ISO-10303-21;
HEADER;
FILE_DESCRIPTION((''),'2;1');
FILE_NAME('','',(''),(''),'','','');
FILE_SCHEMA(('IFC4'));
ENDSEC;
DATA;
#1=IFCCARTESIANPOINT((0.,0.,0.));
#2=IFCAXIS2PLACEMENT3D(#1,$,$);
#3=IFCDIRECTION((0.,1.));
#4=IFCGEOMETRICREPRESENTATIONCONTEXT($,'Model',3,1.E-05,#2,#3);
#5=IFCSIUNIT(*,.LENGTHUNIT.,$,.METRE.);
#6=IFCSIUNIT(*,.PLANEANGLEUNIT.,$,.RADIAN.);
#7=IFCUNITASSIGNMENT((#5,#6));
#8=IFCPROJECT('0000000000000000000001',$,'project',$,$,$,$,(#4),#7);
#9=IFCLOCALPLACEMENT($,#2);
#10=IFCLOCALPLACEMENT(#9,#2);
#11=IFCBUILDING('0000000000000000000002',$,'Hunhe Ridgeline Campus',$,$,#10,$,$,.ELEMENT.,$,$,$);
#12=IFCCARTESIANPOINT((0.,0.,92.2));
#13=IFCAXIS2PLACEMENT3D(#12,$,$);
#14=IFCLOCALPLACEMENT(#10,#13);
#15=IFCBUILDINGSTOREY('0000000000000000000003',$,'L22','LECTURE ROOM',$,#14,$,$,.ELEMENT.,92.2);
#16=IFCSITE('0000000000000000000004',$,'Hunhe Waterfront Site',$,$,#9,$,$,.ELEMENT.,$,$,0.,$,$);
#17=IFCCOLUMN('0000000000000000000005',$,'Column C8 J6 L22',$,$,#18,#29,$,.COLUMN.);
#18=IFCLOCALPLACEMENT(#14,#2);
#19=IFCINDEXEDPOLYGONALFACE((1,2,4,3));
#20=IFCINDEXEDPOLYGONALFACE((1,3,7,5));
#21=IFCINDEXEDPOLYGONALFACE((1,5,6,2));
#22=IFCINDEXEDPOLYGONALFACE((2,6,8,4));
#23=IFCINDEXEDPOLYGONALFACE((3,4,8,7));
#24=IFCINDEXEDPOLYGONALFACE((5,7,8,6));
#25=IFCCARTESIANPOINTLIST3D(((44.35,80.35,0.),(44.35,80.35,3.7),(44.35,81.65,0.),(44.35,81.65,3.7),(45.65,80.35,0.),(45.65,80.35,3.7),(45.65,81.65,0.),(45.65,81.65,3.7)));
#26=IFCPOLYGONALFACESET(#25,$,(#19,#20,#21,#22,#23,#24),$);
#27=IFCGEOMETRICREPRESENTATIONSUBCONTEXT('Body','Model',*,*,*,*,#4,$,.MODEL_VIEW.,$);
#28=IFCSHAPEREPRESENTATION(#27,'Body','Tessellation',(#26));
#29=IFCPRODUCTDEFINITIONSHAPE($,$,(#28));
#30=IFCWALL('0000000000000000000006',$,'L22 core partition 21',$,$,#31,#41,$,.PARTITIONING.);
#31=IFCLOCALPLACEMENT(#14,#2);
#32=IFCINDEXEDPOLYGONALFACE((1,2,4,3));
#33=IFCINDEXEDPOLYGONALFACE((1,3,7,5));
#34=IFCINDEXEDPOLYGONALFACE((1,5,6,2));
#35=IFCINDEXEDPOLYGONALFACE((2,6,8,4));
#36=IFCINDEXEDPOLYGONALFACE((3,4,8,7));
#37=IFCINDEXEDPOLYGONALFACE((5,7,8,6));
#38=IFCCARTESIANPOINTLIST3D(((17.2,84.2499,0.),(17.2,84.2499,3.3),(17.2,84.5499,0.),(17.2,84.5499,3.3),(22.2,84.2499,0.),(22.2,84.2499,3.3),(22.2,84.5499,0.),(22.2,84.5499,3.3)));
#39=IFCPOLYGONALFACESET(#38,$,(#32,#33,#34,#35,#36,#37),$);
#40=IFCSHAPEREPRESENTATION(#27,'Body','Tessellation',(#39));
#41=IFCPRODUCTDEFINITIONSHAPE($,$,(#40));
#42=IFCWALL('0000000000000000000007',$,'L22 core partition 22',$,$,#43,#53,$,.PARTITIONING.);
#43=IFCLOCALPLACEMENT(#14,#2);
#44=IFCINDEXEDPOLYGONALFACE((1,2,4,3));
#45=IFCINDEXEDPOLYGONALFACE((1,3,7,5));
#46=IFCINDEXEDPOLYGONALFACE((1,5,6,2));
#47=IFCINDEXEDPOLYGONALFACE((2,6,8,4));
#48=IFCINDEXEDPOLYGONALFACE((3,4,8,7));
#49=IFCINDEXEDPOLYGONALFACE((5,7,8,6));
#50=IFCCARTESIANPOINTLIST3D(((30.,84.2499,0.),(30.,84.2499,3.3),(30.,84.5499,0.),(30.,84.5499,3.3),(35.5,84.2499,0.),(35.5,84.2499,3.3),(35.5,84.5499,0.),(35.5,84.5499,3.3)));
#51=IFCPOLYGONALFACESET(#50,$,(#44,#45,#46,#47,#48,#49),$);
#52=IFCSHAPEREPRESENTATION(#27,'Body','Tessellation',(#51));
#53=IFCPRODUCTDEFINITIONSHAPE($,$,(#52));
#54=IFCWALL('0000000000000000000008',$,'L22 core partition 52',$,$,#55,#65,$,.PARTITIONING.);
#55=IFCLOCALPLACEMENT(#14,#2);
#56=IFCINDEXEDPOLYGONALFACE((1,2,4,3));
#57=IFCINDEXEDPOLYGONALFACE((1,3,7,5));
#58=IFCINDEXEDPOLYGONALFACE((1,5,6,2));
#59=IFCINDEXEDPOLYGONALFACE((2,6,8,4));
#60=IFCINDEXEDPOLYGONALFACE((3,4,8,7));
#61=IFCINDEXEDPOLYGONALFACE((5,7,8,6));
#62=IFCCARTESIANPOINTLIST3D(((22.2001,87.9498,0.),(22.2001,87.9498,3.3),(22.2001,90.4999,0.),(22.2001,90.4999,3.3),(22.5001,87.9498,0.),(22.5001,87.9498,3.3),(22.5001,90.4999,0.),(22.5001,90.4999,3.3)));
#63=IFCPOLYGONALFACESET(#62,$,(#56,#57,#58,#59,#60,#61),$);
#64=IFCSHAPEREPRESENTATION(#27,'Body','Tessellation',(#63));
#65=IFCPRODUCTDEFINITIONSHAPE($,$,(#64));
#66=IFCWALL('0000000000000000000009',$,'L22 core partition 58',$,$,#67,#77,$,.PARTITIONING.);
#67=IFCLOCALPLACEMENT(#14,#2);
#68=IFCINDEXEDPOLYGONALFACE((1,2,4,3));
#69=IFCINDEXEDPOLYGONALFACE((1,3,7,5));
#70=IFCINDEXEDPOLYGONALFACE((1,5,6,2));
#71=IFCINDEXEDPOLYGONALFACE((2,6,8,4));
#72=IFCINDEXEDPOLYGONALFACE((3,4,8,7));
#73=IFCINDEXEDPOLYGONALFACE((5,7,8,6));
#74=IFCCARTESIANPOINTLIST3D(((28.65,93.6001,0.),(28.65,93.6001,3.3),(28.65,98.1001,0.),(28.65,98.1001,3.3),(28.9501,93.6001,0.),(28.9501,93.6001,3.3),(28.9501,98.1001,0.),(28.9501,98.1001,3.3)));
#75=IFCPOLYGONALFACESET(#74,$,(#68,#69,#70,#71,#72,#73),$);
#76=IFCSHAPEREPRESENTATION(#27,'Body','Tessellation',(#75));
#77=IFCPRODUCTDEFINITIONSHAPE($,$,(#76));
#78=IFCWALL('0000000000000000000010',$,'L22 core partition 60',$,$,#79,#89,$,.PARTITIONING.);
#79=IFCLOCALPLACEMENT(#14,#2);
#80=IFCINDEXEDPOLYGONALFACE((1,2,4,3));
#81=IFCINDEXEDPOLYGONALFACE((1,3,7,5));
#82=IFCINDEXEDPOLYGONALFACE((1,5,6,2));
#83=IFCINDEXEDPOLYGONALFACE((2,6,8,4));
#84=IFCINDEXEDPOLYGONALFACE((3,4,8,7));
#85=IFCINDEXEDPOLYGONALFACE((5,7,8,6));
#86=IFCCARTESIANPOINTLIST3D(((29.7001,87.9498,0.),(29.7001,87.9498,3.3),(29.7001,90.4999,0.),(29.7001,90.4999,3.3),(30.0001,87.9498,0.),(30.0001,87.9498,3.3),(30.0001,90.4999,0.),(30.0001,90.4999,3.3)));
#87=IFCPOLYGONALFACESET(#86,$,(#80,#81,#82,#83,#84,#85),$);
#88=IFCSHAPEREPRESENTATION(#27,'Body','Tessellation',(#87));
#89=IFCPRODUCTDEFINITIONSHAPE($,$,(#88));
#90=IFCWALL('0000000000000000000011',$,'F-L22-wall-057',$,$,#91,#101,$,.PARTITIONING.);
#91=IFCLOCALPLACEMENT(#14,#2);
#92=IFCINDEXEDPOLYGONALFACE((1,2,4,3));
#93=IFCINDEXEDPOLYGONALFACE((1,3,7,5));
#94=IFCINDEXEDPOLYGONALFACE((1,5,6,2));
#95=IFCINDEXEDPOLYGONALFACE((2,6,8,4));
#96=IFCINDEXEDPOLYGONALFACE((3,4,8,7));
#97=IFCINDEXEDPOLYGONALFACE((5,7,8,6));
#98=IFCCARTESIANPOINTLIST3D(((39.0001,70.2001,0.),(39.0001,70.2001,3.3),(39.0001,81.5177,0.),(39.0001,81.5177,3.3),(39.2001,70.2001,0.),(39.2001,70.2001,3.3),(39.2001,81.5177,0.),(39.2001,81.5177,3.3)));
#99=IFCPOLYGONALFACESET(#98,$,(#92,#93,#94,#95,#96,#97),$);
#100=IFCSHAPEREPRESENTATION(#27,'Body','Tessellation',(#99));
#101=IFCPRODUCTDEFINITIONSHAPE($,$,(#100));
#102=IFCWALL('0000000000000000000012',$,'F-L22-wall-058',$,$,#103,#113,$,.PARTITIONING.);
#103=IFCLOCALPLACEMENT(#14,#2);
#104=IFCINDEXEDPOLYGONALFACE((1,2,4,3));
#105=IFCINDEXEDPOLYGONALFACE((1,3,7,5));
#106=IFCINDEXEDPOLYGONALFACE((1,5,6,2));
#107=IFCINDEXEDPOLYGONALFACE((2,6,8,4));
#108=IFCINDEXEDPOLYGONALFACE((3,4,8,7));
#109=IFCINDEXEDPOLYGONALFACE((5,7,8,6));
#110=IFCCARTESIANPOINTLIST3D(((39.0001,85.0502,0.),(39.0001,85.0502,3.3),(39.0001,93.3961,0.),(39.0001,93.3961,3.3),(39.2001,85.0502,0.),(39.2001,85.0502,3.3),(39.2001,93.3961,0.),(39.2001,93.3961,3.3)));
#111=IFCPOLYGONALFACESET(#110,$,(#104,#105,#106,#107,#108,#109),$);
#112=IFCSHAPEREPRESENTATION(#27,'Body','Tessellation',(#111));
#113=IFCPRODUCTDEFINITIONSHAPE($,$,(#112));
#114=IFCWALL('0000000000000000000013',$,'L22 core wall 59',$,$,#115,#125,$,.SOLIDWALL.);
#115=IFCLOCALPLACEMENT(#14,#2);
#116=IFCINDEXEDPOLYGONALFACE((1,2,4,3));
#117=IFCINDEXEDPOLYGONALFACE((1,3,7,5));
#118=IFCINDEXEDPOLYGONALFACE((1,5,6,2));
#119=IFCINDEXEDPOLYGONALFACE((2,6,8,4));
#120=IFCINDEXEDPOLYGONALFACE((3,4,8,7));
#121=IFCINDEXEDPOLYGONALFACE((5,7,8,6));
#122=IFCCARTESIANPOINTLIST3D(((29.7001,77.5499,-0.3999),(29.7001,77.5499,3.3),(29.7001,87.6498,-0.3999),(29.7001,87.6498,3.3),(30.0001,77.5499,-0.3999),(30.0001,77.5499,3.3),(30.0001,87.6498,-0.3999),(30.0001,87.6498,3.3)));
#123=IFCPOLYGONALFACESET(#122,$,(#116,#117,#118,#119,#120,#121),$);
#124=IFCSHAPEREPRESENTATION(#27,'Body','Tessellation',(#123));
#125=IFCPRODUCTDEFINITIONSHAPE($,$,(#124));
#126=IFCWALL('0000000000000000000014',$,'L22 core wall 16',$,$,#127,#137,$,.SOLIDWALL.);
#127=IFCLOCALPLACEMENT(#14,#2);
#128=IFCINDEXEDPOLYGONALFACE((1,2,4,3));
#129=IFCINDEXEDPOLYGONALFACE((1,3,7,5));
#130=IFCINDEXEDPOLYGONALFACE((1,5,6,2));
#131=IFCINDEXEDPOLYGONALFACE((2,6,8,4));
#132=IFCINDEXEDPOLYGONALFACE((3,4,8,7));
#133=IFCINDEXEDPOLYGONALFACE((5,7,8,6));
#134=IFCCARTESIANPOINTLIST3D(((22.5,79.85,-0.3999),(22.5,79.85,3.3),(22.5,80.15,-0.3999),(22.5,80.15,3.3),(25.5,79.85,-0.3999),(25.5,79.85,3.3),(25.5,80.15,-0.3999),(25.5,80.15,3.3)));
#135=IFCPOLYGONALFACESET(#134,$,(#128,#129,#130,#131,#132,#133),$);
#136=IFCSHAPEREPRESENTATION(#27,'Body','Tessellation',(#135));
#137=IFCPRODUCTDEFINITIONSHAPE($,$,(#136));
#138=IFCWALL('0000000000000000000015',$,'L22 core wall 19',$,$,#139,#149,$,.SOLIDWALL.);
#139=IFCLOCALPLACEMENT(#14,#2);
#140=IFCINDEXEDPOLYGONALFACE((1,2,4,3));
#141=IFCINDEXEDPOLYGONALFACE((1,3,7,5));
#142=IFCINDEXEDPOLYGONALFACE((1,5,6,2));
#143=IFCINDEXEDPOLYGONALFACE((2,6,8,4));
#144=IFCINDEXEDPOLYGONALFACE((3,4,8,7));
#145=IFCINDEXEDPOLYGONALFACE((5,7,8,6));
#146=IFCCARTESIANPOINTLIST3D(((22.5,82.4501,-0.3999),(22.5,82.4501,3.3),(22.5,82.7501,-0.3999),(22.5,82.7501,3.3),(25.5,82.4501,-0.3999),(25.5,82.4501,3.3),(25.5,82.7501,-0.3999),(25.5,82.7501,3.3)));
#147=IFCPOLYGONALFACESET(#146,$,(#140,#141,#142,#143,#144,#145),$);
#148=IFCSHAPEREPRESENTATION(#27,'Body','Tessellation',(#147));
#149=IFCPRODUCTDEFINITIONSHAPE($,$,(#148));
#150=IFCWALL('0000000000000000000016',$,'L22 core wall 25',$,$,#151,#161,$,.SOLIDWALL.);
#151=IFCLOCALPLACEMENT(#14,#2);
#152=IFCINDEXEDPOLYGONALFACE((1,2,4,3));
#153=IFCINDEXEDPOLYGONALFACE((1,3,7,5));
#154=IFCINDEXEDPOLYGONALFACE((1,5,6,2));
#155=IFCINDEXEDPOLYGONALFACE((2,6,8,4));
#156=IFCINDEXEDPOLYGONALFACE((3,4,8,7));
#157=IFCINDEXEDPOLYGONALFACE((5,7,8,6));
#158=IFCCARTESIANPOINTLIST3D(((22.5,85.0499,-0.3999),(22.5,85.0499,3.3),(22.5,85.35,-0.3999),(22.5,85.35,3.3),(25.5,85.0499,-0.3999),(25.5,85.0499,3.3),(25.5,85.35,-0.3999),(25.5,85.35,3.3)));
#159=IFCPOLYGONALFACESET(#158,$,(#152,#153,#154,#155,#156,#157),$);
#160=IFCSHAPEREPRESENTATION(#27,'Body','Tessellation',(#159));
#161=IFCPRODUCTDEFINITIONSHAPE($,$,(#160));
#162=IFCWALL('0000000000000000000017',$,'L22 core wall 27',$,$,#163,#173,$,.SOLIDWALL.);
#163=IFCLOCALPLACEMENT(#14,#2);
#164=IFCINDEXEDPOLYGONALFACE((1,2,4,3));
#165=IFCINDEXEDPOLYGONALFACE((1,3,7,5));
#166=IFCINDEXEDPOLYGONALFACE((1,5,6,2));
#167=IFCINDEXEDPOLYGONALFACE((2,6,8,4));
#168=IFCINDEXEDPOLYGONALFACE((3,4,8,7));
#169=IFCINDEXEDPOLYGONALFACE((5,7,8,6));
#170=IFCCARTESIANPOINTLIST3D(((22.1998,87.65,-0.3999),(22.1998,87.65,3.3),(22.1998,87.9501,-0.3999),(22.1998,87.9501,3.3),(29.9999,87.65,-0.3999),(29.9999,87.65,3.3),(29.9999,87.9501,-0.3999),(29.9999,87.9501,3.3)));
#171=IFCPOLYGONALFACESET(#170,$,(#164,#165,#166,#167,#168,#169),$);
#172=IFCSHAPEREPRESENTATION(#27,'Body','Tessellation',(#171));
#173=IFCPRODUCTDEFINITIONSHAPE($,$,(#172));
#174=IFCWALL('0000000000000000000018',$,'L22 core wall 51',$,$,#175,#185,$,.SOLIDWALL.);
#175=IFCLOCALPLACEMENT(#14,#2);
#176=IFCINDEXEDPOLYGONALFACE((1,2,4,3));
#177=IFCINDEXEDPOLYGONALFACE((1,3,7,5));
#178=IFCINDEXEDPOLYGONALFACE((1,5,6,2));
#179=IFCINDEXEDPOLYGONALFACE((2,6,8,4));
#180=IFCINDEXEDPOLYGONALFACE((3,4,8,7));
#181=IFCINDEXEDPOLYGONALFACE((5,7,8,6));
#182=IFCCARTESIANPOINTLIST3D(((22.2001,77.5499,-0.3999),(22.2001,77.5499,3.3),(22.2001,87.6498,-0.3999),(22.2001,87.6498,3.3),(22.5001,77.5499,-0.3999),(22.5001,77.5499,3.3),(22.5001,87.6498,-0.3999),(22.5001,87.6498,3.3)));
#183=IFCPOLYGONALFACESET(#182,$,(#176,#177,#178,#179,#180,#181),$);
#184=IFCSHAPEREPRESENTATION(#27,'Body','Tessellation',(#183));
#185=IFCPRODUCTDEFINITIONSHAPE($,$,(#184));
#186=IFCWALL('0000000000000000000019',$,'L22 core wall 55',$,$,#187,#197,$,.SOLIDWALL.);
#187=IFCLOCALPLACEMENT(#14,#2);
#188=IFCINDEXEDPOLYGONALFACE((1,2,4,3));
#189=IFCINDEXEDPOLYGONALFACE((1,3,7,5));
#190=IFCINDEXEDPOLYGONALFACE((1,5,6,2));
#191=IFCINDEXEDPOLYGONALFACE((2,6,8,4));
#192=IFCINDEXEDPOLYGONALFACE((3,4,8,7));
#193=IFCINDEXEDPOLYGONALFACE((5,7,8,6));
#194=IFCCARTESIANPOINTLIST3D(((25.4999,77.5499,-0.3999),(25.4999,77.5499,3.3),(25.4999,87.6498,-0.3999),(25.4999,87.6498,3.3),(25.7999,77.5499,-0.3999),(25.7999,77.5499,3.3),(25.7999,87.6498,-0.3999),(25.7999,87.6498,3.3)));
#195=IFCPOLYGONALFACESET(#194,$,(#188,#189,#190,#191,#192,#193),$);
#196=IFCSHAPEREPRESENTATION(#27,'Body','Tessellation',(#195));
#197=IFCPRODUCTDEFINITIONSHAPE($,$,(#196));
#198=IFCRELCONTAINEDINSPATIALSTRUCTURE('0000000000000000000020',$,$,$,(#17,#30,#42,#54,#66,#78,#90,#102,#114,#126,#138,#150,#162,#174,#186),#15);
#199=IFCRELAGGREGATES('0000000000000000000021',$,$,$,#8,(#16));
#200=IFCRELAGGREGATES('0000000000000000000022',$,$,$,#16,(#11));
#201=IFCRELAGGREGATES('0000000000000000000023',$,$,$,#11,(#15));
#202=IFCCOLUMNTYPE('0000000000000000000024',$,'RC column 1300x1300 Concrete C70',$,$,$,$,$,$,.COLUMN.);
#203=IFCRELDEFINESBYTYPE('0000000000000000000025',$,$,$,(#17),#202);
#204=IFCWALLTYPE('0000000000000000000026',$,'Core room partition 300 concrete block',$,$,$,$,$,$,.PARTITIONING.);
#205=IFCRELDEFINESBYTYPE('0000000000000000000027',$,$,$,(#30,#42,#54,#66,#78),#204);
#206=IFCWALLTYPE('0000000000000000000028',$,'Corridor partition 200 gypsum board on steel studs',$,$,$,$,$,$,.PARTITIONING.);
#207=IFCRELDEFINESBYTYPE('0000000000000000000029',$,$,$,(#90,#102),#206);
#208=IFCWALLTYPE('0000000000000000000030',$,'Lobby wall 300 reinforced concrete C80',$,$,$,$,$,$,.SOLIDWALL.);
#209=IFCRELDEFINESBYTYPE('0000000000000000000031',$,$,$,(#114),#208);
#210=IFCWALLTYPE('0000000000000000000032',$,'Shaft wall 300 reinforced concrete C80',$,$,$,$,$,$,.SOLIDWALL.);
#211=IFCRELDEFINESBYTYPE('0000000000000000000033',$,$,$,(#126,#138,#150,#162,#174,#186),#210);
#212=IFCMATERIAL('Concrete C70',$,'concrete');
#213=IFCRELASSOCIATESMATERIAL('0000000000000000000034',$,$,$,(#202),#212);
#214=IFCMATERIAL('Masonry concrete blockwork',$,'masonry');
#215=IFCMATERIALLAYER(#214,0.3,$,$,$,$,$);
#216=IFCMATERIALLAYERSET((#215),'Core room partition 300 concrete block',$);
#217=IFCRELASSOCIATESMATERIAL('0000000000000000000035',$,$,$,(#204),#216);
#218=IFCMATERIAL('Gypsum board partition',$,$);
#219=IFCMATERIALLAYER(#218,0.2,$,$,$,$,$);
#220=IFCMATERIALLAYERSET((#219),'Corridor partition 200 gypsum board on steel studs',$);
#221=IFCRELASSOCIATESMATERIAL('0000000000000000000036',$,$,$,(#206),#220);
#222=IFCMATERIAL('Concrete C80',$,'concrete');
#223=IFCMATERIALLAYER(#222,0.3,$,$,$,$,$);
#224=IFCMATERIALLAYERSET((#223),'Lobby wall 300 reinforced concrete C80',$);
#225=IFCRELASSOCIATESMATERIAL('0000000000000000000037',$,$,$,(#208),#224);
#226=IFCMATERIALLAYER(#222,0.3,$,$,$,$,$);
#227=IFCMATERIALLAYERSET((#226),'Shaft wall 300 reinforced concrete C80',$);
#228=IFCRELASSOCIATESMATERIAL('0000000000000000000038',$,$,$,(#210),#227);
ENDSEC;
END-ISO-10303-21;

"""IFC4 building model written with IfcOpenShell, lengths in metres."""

from ifc_helpers import new_model, si_unit, direction, frame, frame_2d, origin, origin_2d, place, context, subcontext, project, spatial, rectangle, extrude, material, layer, layer_set, material_profile, profile_set, type_object, element, save


model = new_model("IFC4")

# Units and contexts
model_context = context("Model", 3, precision=1e-05, world=origin(), true_north=direction((0.0, 1.0)))
body_context = subcontext(model_context, "Body", "Model", "MODEL_VIEW")
ifc_project = project(units=[si_unit("LENGTHUNIT", "METRE"), si_unit("PLANEANGLEUNIT", "RADIAN")], contexts=[model_context])

# Site, building, storey
site_placement = place(None, origin())
site = spatial("IfcSite", under=ifc_project, at=site_placement, Name="Hunhe Waterfront Site", CompositionType="ELEMENT", RefElevation=0.0)
building_placement = place(site_placement, origin())
building = spatial("IfcBuilding", under=site, at=building_placement, Name="Hunhe Ridgeline Campus", CompositionType="ELEMENT")
storey_placement = place(building_placement, frame((0.0, 0.0, 92.2)))
storey = spatial("IfcBuildingStorey", under=building, at=storey_placement, Name="L22", Description="LECTURE ROOM", CompositionType="ELEMENT", Elevation=92.2)

# Column
ifc_material_1 = material(Name="Concrete C70", Category="concrete")
ifc_material_profile = material_profile(ifc_material_1, rectangle(XDim=1.3, YDim=1.3, at=origin_2d()))
ifc_profile_set = profile_set([ifc_material_profile], Name="Concrete C70")
column_type = type_object("IfcColumnType", Name="RC column 1300x1300 Concrete C70", PredefinedType="COLUMN", material=ifc_profile_set)
column_placement = place(storey_placement, frame((45.0, 81.0, 0.0), z_axis=(0.0, 0.0, 1.0), x_axis=(1.0, 0.0, 0.0)))
element("IfcColumn", 1, at=column_placement, inside=storey, type_object=column_type, Name="Column C8 J6 L22", PredefinedType="COLUMN", context=body_context, shape_type="SweptSolid", body=[
    extrude(rectangle(XDim=1.3, YDim=1.3, at=origin_2d()), origin(), (0.0, 0.0, 1.0), 3.7),
])

# Shared definitions
ifc_material_2 = material(Name="Masonry concrete blockwork", Category="masonry")
ifc_layer_1 = layer(ifc_material_2, 0.3)
ifc_layer_set_1 = layer_set([ifc_layer_1], Name="Core room partition 300 concrete block")
wall_type_1 = type_object("IfcWallType", Name="Core room partition 300 concrete block", PredefinedType="PARTITIONING", material=ifc_layer_set_1)

# Walls
wall_1_placement = place(storey_placement, frame((17.2, 84.3999, 0.0), z_axis=(0.0, 0.0, 1.0), x_axis=(1.0, 0.0, 0.0)))
element("IfcWall", 2, at=wall_1_placement, inside=storey, type_object=wall_type_1, Name="L22 core partition 21", PredefinedType="PARTITIONING", context=body_context, shape_type="SweptSolid", body=[
    extrude(rectangle(XDim=5.0, YDim=0.3, at=frame_2d((2.5, 0.0))), origin(), (0.0, 0.0, 1.0), 3.3),
])
wall_2_placement = place(storey_placement, frame((30.0, 84.3999, 0.0), z_axis=(0.0, 0.0, 1.0), x_axis=(1.0, 0.0, 0.0)))
element("IfcWall", 3, at=wall_2_placement, inside=storey, type_object=wall_type_1, Name="L22 core partition 22", PredefinedType="PARTITIONING", context=body_context, shape_type="SweptSolid", body=[
    extrude(rectangle(XDim=5.5, YDim=0.3, at=frame_2d((2.75, 0.0))), origin(), (0.0, 0.0, 1.0), 3.3),
])
wall_3_placement = place(storey_placement, frame((22.3501, 87.95, 0.0), z_axis=(0.0, 0.0, 1.0), x_axis=(0.0, 1.0, 0.0)))
element("IfcWall", 4, at=wall_3_placement, inside=storey, type_object=wall_type_1, Name="L22 core partition 52", PredefinedType="PARTITIONING", context=body_context, shape_type="SweptSolid", body=[
    extrude(rectangle(XDim=2.55, YDim=0.3, at=frame_2d((1.2749, 0.0))), origin(), (0.0, 0.0, 1.0), 3.3),
])
wall_4_placement = place(storey_placement, frame((28.8, 93.6001, 0.0), z_axis=(0.0, 0.0, 1.0), x_axis=(0.0, 1.0, 0.0)))
element("IfcWall", 5, at=wall_4_placement, inside=storey, type_object=wall_type_1, Name="L22 core partition 58", PredefinedType="PARTITIONING", context=body_context, shape_type="SweptSolid", body=[
    extrude(rectangle(XDim=4.5, YDim=0.3, at=frame_2d((2.25, 0.0))), origin(), (0.0, 0.0, 1.0), 3.3),
])
wall_5_placement = place(storey_placement, frame((29.8501, 87.95, 0.0), z_axis=(0.0, 0.0, 1.0), x_axis=(0.0, 1.0, 0.0)))
element("IfcWall", 6, at=wall_5_placement, inside=storey, type_object=wall_type_1, Name="L22 core partition 60", PredefinedType="PARTITIONING", context=body_context, shape_type="SweptSolid", body=[
    extrude(rectangle(XDim=2.55, YDim=0.3, at=frame_2d((1.2749, 0.0))), origin(), (0.0, 0.0, 1.0), 3.3),
])

# Shared definitions
ifc_material_3 = material(Name="Gypsum board partition")
ifc_layer_2 = layer(ifc_material_3, 0.2)
ifc_layer_set_2 = layer_set([ifc_layer_2], Name="Corridor partition 200 gypsum board on steel studs")
wall_type_2 = type_object("IfcWallType", Name="Corridor partition 200 gypsum board on steel studs", PredefinedType="PARTITIONING", material=ifc_layer_set_2)

# Walls
wall_6_placement = place(storey_placement, frame((39.1001, 81.5176, 0.0), z_axis=(0.0, 0.0, 1.0), x_axis=(0.0, -1.0, 0.0)))
element("IfcWall", 7, at=wall_6_placement, inside=storey, type_object=wall_type_2, Name="F-L22-wall-057", PredefinedType="PARTITIONING", context=body_context, shape_type="SweptSolid", body=[
    extrude(rectangle(XDim=11.3176, YDim=0.2, at=frame_2d((5.6587, 0.0))), origin(), (0.0, 0.0, 1.0), 3.3),
])
wall_7_placement = place(storey_placement, frame((39.1001, 93.396, 0.0), z_axis=(0.0, 0.0, 1.0), x_axis=(0.0, -1.0, 0.0)))
element("IfcWall", 8, at=wall_7_placement, inside=storey, type_object=wall_type_2, Name="F-L22-wall-058", PredefinedType="PARTITIONING", context=body_context, shape_type="SweptSolid", body=[
    extrude(rectangle(XDim=8.3459, YDim=0.2, at=frame_2d((4.1729, 0.0))), origin(), (0.0, 0.0, 1.0), 3.3),
])
ifc_material_4 = material(Name="Concrete C80", Category="concrete")
ifc_layer_3 = layer(ifc_material_4, 0.3)
ifc_layer_set_3 = layer_set([ifc_layer_3], Name="Lobby wall 300 reinforced concrete C80")
wall_type_3 = type_object("IfcWallType", Name="Lobby wall 300 reinforced concrete C80", PredefinedType="SOLIDWALL", material=ifc_layer_set_3)
wall_8_placement = place(storey_placement, frame((29.8501, 77.55, -0.3999), z_axis=(0.0, 0.0, 1.0), x_axis=(0.0, 1.0, 0.0)))
element("IfcWall", 9, at=wall_8_placement, inside=storey, type_object=wall_type_3, Name="L22 core wall 59", PredefinedType="SOLIDWALL", context=body_context, shape_type="SweptSolid", body=[
    extrude(rectangle(XDim=10.0999, YDim=0.3, at=frame_2d((5.0498, 0.0))), origin(), (0.0, 0.0, 1.0), 3.7),
])
ifc_layer_4 = layer(ifc_material_4, 0.3)
ifc_layer_set_4 = layer_set([ifc_layer_4], Name="Shaft wall 300 reinforced concrete C80")
wall_type_4 = type_object("IfcWallType", Name="Shaft wall 300 reinforced concrete C80", PredefinedType="SOLIDWALL", material=ifc_layer_set_4)
for number, where, z_axis, x_axis, name in (
    (10, (22.5, 80.0, -0.3999), (0.0, 0.0, 1.0), (1.0, 0.0, 0.0), "L22 core wall 16"),
    (11, (22.5, 82.6001, -0.3999), (0.0, 0.0, 1.0), (1.0, 0.0, 0.0), "L22 core wall 19"),
    (12, (22.5, 85.2, -0.3999), (0.0, 0.0, 1.0), (1.0, 0.0, 0.0), "L22 core wall 25"),
):
    element("IfcWall", number, at=place(storey_placement, frame(where, z_axis=z_axis, x_axis=x_axis)), inside=storey, type_object=wall_type_4, Name=name, PredefinedType="SOLIDWALL", context=body_context, shape_type="SweptSolid", body=[
        extrude(rectangle(XDim=3.0, YDim=0.3, at=frame_2d((1.5, 0.0))), origin(), (0.0, 0.0, 1.0), 3.7),
    ])
wall_9_placement = place(storey_placement, frame((22.2, 87.8, -0.3999), z_axis=(0.0, 0.0, 1.0), x_axis=(1.0, 0.0, 0.0)))
element("IfcWall", 13, at=wall_9_placement, inside=storey, type_object=wall_type_4, Name="L22 core wall 27", PredefinedType="SOLIDWALL", context=body_context, shape_type="SweptSolid", body=[
    extrude(rectangle(XDim=7.8, YDim=0.3, at=frame_2d((3.8999, 0.0))), origin(), (0.0, 0.0, 1.0), 3.7),
])
for number, where, z_axis, x_axis, name in (
    (14, (22.3501, 77.55, -0.3999), (0.0, 0.0, 1.0), (0.0, 1.0, 0.0), "L22 core wall 51"),
    (15, (25.6499, 77.55, -0.3999), (0.0, 0.0, 1.0), (0.0, 1.0, 0.0), "L22 core wall 55"),
):
    element("IfcWall", number, at=place(storey_placement, frame(where, z_axis=z_axis, x_axis=x_axis)), inside=storey, type_object=wall_type_4, Name=name, PredefinedType="SOLIDWALL", context=body_context, shape_type="SweptSolid", body=[
        extrude(rectangle(XDim=10.0999, YDim=0.3, at=frame_2d((5.0498, 0.0))), origin(), (0.0, 0.0, 1.0), 3.7),
    ])

save(model, "model.ifc")
